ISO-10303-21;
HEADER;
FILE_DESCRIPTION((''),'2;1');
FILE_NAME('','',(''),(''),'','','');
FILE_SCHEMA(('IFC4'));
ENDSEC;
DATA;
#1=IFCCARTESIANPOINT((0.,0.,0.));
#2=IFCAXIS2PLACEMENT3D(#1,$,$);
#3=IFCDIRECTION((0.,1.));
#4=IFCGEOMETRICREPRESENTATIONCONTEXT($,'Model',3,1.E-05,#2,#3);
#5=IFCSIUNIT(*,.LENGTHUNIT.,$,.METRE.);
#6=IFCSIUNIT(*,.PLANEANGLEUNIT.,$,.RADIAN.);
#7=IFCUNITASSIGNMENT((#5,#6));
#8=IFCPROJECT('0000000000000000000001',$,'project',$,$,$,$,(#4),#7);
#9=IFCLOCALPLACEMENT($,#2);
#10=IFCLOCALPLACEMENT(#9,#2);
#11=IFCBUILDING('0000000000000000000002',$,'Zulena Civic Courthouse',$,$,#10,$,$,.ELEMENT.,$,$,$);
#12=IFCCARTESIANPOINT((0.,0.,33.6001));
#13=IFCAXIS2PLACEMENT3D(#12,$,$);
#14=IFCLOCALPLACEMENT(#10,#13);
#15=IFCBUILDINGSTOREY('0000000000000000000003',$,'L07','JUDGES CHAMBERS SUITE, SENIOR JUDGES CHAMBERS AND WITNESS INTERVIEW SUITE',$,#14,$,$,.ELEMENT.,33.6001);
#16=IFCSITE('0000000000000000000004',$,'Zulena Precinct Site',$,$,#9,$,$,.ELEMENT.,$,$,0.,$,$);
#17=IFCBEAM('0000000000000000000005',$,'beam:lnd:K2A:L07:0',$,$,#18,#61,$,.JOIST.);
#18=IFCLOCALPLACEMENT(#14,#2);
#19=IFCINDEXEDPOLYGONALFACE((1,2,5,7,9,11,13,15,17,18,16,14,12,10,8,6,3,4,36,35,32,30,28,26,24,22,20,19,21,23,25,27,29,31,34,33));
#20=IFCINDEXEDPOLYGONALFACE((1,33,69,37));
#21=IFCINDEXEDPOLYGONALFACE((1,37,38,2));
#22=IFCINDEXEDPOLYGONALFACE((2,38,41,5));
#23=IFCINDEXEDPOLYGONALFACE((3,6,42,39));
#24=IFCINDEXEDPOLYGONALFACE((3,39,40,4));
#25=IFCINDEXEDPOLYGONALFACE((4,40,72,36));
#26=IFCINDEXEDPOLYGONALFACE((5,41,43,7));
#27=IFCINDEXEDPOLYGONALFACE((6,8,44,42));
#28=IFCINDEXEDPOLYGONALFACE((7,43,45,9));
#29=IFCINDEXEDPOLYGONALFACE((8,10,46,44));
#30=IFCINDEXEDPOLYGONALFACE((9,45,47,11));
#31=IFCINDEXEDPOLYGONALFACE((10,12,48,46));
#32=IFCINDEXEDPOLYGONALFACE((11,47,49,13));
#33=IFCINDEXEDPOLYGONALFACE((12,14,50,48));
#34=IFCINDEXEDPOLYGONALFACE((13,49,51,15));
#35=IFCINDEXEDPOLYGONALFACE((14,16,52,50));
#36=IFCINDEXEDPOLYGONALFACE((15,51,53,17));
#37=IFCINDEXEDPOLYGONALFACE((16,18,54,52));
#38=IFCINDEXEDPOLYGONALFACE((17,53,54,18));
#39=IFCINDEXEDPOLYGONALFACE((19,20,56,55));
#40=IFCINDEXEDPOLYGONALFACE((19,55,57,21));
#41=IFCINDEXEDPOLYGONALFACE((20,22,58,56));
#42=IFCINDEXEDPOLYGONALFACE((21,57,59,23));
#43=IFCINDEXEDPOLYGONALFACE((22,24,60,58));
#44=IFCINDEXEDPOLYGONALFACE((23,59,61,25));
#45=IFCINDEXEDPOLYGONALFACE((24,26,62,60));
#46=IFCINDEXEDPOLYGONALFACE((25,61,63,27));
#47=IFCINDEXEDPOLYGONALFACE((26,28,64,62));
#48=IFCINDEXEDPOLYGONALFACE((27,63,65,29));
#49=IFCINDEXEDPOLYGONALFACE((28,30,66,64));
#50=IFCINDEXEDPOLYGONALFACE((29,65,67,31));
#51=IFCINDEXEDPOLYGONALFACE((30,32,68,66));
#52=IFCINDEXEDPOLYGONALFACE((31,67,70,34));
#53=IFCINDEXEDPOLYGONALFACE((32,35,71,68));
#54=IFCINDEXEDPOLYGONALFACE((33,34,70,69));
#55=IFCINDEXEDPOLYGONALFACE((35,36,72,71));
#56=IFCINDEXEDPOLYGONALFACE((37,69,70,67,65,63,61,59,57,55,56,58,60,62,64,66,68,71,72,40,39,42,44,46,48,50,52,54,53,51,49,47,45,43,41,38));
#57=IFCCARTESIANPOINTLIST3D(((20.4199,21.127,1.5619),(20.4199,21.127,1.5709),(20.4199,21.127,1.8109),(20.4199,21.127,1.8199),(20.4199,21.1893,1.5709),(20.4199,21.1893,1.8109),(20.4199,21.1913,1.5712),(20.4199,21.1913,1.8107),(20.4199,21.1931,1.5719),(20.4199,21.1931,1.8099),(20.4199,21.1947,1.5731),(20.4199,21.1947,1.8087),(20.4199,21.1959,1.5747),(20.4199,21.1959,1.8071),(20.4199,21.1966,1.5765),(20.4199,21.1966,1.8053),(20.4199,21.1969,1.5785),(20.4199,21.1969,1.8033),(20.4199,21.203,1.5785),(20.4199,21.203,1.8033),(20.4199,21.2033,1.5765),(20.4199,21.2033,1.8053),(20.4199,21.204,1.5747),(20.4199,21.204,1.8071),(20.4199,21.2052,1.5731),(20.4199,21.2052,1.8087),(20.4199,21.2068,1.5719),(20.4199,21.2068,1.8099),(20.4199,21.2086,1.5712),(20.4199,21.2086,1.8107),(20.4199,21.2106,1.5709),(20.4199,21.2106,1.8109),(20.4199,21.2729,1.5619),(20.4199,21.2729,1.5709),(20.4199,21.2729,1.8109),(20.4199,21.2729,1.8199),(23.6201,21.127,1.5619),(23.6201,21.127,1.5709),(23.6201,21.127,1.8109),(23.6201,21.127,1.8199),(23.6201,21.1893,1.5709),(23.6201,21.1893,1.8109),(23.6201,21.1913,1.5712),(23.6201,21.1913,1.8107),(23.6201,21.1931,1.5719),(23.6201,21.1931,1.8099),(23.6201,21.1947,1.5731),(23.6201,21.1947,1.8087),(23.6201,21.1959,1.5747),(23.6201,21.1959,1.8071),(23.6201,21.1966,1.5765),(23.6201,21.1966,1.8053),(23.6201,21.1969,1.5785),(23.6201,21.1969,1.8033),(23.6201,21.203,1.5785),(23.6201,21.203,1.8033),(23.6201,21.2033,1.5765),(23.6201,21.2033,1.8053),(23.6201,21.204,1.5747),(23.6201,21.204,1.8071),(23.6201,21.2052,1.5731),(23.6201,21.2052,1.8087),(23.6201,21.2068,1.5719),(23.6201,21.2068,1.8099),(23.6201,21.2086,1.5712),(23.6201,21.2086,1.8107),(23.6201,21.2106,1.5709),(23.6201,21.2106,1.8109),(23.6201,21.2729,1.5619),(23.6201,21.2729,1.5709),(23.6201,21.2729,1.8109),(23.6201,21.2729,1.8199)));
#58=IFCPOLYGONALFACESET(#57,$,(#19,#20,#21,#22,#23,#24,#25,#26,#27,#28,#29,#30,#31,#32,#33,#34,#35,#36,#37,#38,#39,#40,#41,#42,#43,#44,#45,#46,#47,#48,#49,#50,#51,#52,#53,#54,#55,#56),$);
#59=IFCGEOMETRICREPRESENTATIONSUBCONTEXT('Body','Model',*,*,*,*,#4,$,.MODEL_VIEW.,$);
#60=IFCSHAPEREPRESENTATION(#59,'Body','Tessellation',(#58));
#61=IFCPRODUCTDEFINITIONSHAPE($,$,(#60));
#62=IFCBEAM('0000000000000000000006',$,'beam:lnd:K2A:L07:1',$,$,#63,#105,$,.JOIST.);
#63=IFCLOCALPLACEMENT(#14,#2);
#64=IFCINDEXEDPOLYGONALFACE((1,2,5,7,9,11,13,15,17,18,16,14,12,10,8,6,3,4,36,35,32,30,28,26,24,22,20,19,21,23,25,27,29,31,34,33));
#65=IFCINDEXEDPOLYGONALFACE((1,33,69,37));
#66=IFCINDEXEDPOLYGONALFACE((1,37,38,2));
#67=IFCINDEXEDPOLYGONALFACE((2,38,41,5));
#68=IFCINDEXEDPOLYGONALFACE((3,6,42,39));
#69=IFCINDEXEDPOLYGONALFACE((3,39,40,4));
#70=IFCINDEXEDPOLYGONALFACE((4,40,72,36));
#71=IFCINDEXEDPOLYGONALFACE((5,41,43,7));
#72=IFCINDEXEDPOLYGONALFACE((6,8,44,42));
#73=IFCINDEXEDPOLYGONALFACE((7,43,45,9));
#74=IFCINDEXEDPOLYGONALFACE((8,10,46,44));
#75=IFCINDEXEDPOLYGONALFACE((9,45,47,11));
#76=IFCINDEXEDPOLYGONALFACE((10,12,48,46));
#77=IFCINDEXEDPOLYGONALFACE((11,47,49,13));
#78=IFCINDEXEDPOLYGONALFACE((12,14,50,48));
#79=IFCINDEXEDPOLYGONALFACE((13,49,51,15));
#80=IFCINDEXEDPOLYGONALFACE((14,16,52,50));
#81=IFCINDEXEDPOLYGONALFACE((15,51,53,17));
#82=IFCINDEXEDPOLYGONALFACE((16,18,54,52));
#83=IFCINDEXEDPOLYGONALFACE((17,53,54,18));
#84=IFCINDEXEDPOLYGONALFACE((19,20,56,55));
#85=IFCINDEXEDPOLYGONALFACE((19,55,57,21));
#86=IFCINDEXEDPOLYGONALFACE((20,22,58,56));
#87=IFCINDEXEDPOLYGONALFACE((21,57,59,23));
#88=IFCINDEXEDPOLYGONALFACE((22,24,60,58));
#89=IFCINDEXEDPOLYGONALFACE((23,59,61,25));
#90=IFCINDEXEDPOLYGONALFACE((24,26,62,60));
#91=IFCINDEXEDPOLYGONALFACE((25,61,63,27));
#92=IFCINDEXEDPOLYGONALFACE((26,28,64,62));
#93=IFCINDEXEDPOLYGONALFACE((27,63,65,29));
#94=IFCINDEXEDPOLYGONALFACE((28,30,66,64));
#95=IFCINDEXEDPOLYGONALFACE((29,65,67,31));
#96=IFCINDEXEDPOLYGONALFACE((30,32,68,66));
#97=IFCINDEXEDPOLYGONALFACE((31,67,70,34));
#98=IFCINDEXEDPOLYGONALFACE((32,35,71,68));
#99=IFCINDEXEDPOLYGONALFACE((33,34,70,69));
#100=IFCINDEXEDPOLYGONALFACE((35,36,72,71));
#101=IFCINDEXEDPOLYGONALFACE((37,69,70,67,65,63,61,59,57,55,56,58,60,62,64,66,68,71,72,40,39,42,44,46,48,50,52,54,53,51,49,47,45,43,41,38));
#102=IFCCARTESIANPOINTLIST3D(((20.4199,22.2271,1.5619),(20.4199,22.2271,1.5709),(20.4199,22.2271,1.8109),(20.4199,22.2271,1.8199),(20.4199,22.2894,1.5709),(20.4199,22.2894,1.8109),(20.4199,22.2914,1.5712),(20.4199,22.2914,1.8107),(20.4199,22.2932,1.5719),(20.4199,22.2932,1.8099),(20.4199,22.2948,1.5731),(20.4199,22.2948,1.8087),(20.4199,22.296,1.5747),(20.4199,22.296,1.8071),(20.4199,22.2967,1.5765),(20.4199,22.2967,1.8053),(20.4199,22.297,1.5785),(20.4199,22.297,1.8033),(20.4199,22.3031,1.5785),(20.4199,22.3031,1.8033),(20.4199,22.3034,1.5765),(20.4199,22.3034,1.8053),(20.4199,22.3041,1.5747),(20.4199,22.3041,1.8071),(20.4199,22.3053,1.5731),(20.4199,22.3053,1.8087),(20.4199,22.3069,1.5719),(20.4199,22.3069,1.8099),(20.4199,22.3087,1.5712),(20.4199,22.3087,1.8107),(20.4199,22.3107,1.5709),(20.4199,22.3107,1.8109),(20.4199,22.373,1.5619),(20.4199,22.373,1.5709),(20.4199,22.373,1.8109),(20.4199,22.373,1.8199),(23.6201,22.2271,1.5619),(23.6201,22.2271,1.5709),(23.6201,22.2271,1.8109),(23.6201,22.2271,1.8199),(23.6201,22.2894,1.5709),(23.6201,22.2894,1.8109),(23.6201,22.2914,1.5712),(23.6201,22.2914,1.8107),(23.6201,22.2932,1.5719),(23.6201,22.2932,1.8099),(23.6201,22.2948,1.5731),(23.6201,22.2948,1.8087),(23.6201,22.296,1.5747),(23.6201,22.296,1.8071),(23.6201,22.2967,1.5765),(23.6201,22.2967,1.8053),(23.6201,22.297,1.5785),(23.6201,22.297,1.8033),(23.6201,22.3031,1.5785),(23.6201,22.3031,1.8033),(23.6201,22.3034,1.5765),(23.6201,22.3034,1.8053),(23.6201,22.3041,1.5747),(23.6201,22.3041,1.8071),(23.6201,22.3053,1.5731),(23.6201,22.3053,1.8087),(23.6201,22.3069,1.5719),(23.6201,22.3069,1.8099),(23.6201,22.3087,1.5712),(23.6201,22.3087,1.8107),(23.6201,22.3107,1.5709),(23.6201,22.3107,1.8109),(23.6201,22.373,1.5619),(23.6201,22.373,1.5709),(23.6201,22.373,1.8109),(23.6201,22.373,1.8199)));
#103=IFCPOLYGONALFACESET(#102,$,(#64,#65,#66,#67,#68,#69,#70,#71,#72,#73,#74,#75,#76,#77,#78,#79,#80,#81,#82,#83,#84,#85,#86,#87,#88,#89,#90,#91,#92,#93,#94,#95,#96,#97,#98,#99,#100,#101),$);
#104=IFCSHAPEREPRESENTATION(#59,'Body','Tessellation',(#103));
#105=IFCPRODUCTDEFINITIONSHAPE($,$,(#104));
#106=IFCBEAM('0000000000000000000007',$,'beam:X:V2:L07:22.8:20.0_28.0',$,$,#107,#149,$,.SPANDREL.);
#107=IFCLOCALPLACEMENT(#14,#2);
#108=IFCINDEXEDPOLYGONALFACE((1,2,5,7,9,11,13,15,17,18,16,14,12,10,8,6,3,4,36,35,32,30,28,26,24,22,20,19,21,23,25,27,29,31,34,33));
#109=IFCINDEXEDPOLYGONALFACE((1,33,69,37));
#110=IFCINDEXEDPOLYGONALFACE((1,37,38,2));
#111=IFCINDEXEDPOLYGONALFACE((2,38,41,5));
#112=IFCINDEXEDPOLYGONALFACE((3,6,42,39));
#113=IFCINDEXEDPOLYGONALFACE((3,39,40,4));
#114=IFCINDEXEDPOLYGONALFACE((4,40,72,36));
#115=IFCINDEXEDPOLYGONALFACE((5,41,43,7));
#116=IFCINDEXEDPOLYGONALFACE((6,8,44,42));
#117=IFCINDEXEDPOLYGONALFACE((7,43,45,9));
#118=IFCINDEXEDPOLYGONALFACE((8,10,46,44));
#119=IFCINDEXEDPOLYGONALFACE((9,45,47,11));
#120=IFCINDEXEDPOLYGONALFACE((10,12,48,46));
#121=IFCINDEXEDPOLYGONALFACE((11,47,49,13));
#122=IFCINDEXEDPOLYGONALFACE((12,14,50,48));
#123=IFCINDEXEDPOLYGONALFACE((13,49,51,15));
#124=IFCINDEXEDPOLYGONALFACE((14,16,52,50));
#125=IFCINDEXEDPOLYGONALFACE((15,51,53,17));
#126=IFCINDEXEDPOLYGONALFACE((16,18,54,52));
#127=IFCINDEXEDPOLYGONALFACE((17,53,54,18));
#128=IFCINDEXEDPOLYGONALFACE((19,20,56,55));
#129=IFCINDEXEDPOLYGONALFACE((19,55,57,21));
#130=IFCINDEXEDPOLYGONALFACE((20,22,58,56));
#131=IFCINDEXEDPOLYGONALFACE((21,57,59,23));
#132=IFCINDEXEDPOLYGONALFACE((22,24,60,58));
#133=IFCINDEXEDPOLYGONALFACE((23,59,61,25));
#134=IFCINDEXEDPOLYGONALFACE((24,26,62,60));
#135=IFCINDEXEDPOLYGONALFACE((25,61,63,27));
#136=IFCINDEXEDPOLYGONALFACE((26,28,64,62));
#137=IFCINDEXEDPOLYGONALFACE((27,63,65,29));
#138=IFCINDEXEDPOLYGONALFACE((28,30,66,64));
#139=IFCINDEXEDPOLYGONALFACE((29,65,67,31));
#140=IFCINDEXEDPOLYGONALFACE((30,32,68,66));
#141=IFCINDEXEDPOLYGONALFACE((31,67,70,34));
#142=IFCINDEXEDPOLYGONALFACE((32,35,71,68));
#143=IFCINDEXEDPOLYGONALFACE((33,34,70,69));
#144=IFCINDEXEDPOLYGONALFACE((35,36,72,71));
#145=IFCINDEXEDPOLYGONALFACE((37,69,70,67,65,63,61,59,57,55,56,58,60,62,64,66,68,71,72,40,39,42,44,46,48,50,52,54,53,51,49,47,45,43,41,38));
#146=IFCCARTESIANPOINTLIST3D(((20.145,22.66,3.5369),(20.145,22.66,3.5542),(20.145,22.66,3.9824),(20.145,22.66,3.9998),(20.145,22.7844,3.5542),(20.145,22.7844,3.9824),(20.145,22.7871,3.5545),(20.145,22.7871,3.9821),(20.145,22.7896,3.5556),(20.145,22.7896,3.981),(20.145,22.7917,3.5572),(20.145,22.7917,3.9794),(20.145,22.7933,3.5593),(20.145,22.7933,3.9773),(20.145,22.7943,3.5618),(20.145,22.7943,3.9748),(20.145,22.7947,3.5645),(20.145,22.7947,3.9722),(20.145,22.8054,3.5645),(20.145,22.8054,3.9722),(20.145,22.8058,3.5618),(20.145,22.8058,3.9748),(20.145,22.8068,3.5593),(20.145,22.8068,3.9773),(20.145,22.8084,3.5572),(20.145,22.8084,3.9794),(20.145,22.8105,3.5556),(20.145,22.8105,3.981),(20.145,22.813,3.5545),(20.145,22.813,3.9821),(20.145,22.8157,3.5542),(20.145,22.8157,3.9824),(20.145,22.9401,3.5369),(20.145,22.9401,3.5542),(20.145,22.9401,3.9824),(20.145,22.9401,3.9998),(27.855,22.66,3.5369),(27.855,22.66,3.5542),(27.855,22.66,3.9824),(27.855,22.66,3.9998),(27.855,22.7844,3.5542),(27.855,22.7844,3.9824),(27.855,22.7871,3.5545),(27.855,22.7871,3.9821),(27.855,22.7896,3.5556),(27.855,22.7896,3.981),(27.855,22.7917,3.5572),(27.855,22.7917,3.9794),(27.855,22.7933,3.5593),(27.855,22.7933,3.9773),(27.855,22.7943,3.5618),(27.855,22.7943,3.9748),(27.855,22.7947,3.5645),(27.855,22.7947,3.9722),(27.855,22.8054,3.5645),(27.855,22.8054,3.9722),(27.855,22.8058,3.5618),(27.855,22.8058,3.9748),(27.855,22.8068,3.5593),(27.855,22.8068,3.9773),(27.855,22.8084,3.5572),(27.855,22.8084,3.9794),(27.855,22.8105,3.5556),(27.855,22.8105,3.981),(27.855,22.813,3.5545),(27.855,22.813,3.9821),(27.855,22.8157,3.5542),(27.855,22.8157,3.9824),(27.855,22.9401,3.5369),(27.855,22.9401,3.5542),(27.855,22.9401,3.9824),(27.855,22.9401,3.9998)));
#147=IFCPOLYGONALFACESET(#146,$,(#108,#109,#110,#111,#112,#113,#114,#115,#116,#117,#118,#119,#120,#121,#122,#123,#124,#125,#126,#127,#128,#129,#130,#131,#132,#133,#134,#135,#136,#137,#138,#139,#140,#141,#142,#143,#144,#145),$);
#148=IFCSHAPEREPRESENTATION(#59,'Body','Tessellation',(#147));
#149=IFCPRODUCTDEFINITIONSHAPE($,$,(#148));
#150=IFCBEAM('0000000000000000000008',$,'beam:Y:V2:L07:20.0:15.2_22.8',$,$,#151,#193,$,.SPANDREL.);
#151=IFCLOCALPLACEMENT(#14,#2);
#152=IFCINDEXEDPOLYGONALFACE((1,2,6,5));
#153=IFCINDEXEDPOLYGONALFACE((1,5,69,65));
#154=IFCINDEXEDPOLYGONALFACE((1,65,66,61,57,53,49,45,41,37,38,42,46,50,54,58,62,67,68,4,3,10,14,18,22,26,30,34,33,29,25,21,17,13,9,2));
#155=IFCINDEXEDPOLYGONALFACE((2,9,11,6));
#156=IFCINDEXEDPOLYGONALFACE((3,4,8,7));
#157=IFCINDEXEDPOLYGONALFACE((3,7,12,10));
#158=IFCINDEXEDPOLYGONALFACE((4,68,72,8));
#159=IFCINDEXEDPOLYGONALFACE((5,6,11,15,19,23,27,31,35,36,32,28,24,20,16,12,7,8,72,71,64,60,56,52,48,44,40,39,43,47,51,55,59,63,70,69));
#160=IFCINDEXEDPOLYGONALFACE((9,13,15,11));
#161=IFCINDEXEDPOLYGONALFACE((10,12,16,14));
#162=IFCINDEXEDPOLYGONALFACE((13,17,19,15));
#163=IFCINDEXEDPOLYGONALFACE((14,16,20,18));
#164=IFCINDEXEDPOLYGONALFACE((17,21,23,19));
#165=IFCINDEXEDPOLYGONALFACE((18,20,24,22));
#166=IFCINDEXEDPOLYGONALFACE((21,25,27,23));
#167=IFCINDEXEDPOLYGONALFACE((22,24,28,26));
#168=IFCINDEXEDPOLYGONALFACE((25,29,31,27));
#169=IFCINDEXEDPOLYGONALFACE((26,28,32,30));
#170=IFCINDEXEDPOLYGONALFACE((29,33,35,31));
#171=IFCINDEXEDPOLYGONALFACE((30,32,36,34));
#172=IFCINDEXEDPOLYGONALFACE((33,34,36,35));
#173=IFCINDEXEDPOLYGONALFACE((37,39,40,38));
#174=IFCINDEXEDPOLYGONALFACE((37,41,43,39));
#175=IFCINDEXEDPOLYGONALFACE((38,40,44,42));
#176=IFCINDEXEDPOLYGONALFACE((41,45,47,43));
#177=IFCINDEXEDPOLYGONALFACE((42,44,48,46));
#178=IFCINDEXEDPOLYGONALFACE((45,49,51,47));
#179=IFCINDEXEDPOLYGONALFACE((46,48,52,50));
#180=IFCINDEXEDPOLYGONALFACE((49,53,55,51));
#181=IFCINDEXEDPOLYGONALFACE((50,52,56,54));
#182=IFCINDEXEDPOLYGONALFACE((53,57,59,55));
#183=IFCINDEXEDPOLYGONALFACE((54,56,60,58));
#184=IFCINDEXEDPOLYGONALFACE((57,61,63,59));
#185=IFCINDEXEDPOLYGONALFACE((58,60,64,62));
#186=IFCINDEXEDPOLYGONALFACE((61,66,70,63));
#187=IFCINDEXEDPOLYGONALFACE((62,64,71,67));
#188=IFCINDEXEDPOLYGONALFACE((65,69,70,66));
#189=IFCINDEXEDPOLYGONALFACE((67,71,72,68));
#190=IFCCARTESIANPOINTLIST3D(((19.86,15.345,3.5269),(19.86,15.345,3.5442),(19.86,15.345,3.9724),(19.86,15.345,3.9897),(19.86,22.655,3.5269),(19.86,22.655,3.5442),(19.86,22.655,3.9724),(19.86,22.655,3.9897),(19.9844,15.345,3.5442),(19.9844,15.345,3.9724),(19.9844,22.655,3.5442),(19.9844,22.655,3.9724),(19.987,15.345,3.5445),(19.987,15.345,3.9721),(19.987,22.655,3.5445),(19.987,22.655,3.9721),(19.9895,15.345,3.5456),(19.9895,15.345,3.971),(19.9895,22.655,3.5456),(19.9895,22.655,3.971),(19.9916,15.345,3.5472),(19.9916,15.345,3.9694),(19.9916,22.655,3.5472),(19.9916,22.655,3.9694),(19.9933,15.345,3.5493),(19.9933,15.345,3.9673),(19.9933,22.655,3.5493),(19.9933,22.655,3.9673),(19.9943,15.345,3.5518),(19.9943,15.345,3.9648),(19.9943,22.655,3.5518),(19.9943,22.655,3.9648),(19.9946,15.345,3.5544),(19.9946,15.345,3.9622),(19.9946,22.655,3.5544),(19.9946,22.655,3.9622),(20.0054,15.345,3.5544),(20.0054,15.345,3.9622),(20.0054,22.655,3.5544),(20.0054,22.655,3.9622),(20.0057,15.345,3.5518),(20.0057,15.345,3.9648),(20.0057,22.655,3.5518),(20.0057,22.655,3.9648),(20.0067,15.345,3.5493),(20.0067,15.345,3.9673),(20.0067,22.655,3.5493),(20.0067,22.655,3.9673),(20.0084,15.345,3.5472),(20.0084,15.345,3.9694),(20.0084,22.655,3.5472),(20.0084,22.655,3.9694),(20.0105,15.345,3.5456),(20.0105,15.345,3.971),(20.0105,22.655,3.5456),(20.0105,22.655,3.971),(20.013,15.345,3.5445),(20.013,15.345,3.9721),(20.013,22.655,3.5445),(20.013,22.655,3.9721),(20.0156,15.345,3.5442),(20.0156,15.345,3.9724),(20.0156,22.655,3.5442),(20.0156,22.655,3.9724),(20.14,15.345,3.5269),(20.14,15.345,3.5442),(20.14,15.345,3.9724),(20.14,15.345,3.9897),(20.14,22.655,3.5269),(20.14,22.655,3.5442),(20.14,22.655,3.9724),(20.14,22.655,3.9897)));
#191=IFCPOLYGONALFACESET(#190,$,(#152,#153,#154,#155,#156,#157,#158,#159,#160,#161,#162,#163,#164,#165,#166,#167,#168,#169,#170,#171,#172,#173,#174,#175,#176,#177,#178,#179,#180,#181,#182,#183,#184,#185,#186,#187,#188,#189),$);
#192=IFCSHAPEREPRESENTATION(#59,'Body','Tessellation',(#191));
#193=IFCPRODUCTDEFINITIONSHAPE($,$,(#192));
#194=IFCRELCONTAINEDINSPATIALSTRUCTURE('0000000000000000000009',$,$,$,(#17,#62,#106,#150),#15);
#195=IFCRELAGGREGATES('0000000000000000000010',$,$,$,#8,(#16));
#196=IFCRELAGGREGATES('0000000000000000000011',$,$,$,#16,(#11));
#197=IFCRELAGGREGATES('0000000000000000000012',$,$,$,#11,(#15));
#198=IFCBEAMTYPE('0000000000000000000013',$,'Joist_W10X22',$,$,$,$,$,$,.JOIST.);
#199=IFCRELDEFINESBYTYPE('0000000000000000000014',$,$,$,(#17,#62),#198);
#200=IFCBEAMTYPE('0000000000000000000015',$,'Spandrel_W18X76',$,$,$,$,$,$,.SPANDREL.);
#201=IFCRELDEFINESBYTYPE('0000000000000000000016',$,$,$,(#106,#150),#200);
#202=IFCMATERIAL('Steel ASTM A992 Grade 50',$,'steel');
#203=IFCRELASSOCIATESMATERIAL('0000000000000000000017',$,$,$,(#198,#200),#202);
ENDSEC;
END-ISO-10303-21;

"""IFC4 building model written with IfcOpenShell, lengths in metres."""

from ifc_helpers import new_model, si_unit, direction, frame, origin, origin_2d, place, context, subcontext, project, spatial, i_section, extrude, material, material_profile, profile_set, type_object, element, save


model = new_model("IFC4")

# Units and contexts
model_context = context("Model", 3, precision=1e-05, world=origin(), true_north=direction((0.0, 1.0)))
body_context = subcontext(model_context, "Body", "Model", "MODEL_VIEW")
ifc_project = project(units=[si_unit("LENGTHUNIT", "METRE"), si_unit("PLANEANGLEUNIT", "RADIAN")], contexts=[model_context])

# Site, building, storey
site_placement = place(None, origin())
site = spatial("IfcSite", under=ifc_project, at=site_placement, Name="Zulena Precinct Site", CompositionType="ELEMENT", RefElevation=0.0)
building_placement = place(site_placement, origin())
building = spatial("IfcBuilding", under=site, at=building_placement, Name="Zulena Civic Courthouse", CompositionType="ELEMENT")
storey_placement = place(building_placement, frame((0.0, 0.0, 33.6001)))
storey = spatial("IfcBuildingStorey", under=building, at=storey_placement, Name="L07", Description="JUDGES CHAMBERS SUITE, SENIOR JUDGES CHAMBERS AND WITNESS INTERVIEW SUITE", CompositionType="ELEMENT", Elevation=33.6001)

# Shared definitions
ifc_material_1 = material(Name="Steel ASTM A992 Grade 50", Category="steel")

# Beams
ifc_material_profile_1 = material_profile(ifc_material_1, i_section(OverallWidth=0.146, OverallDepth=0.2581, WebThickness=0.0061, FlangeThickness=0.009, FilletRadius=0.0076, at=origin_2d()), Name="W10X22")
ifc_profile_set_1 = profile_set([ifc_material_profile_1], Name="Steel ASTM A992 Grade 50")
beam_type_1 = type_object("IfcBeamType", Name="Joist_W10X22", PredefinedType="JOIST", material=ifc_profile_set_1)
for number, where, z_axis, x_axis, name in (
    (1, (20.4199, 21.2, 1.6909), (1.0, 0.0, 0.0), (0.0, 1.0, 0.0), "beam:lnd:K2A:L07:0"),
    (2, (20.4199, 22.3, 1.6909), (1.0, 0.0, 0.0), (0.0, 1.0, 0.0), "beam:lnd:K2A:L07:1"),
):
    element("IfcBeam", number, at=place(storey_placement, frame(where, z_axis=z_axis, x_axis=x_axis)), inside=storey, type_object=beam_type_1, Name=name, PredefinedType="JOIST", context=body_context, shape_type="SweptSolid", body=[
        extrude(i_section(OverallWidth=0.146, OverallDepth=0.2581, WebThickness=0.0061, FlangeThickness=0.009, FilletRadius=0.0076, at=origin_2d()), origin(), (0.0, 0.0, 1.0), 3.2002),
    ])
ifc_material_profile_2 = material_profile(ifc_material_1, i_section(OverallWidth=0.28, OverallDepth=0.4629, WebThickness=0.0107, FlangeThickness=0.0173, FilletRadius=0.0103, at=origin_2d()), Name="W18X76")
ifc_profile_set_2 = profile_set([ifc_material_profile_2], Name="Steel ASTM A992 Grade 50")
beam_type_2 = type_object("IfcBeamType", Name="Spandrel_W18X76", PredefinedType="SPANDREL", material=ifc_profile_set_2)
beam_1_placement = place(storey_placement, frame((20.145, 22.8, 3.7683), z_axis=(1.0, 0.0, 0.0), x_axis=(0.0, 1.0, 0.0)))
element("IfcBeam", 3, at=beam_1_placement, inside=storey, type_object=beam_type_2, Name="beam:X:V2:L07:22.8:20.0_28.0", PredefinedType="SPANDREL", context=body_context, shape_type="SweptSolid", body=[
    extrude(i_section(OverallWidth=0.28, OverallDepth=0.4629, WebThickness=0.0107, FlangeThickness=0.0173, FilletRadius=0.0103, at=origin_2d()), origin(), (0.0, 0.0, 1.0), 7.71),
])
beam_2_placement = place(storey_placement, frame((20.0, 15.345, 3.7583), z_axis=(0.0, 1.0, 0.0), x_axis=(-1.0, 0.0, 0.0)))
element("IfcBeam", 4, at=beam_2_placement, inside=storey, type_object=beam_type_2, Name="beam:Y:V2:L07:20.0:15.2_22.8", PredefinedType="SPANDREL", context=body_context, shape_type="SweptSolid", body=[
    extrude(i_section(OverallWidth=0.28, OverallDepth=0.4629, WebThickness=0.0107, FlangeThickness=0.0173, FilletRadius=0.0103, at=origin_2d()), origin(), (0.0, 0.0, 1.0), 7.3101),
])

save(model, "model.ifc")
